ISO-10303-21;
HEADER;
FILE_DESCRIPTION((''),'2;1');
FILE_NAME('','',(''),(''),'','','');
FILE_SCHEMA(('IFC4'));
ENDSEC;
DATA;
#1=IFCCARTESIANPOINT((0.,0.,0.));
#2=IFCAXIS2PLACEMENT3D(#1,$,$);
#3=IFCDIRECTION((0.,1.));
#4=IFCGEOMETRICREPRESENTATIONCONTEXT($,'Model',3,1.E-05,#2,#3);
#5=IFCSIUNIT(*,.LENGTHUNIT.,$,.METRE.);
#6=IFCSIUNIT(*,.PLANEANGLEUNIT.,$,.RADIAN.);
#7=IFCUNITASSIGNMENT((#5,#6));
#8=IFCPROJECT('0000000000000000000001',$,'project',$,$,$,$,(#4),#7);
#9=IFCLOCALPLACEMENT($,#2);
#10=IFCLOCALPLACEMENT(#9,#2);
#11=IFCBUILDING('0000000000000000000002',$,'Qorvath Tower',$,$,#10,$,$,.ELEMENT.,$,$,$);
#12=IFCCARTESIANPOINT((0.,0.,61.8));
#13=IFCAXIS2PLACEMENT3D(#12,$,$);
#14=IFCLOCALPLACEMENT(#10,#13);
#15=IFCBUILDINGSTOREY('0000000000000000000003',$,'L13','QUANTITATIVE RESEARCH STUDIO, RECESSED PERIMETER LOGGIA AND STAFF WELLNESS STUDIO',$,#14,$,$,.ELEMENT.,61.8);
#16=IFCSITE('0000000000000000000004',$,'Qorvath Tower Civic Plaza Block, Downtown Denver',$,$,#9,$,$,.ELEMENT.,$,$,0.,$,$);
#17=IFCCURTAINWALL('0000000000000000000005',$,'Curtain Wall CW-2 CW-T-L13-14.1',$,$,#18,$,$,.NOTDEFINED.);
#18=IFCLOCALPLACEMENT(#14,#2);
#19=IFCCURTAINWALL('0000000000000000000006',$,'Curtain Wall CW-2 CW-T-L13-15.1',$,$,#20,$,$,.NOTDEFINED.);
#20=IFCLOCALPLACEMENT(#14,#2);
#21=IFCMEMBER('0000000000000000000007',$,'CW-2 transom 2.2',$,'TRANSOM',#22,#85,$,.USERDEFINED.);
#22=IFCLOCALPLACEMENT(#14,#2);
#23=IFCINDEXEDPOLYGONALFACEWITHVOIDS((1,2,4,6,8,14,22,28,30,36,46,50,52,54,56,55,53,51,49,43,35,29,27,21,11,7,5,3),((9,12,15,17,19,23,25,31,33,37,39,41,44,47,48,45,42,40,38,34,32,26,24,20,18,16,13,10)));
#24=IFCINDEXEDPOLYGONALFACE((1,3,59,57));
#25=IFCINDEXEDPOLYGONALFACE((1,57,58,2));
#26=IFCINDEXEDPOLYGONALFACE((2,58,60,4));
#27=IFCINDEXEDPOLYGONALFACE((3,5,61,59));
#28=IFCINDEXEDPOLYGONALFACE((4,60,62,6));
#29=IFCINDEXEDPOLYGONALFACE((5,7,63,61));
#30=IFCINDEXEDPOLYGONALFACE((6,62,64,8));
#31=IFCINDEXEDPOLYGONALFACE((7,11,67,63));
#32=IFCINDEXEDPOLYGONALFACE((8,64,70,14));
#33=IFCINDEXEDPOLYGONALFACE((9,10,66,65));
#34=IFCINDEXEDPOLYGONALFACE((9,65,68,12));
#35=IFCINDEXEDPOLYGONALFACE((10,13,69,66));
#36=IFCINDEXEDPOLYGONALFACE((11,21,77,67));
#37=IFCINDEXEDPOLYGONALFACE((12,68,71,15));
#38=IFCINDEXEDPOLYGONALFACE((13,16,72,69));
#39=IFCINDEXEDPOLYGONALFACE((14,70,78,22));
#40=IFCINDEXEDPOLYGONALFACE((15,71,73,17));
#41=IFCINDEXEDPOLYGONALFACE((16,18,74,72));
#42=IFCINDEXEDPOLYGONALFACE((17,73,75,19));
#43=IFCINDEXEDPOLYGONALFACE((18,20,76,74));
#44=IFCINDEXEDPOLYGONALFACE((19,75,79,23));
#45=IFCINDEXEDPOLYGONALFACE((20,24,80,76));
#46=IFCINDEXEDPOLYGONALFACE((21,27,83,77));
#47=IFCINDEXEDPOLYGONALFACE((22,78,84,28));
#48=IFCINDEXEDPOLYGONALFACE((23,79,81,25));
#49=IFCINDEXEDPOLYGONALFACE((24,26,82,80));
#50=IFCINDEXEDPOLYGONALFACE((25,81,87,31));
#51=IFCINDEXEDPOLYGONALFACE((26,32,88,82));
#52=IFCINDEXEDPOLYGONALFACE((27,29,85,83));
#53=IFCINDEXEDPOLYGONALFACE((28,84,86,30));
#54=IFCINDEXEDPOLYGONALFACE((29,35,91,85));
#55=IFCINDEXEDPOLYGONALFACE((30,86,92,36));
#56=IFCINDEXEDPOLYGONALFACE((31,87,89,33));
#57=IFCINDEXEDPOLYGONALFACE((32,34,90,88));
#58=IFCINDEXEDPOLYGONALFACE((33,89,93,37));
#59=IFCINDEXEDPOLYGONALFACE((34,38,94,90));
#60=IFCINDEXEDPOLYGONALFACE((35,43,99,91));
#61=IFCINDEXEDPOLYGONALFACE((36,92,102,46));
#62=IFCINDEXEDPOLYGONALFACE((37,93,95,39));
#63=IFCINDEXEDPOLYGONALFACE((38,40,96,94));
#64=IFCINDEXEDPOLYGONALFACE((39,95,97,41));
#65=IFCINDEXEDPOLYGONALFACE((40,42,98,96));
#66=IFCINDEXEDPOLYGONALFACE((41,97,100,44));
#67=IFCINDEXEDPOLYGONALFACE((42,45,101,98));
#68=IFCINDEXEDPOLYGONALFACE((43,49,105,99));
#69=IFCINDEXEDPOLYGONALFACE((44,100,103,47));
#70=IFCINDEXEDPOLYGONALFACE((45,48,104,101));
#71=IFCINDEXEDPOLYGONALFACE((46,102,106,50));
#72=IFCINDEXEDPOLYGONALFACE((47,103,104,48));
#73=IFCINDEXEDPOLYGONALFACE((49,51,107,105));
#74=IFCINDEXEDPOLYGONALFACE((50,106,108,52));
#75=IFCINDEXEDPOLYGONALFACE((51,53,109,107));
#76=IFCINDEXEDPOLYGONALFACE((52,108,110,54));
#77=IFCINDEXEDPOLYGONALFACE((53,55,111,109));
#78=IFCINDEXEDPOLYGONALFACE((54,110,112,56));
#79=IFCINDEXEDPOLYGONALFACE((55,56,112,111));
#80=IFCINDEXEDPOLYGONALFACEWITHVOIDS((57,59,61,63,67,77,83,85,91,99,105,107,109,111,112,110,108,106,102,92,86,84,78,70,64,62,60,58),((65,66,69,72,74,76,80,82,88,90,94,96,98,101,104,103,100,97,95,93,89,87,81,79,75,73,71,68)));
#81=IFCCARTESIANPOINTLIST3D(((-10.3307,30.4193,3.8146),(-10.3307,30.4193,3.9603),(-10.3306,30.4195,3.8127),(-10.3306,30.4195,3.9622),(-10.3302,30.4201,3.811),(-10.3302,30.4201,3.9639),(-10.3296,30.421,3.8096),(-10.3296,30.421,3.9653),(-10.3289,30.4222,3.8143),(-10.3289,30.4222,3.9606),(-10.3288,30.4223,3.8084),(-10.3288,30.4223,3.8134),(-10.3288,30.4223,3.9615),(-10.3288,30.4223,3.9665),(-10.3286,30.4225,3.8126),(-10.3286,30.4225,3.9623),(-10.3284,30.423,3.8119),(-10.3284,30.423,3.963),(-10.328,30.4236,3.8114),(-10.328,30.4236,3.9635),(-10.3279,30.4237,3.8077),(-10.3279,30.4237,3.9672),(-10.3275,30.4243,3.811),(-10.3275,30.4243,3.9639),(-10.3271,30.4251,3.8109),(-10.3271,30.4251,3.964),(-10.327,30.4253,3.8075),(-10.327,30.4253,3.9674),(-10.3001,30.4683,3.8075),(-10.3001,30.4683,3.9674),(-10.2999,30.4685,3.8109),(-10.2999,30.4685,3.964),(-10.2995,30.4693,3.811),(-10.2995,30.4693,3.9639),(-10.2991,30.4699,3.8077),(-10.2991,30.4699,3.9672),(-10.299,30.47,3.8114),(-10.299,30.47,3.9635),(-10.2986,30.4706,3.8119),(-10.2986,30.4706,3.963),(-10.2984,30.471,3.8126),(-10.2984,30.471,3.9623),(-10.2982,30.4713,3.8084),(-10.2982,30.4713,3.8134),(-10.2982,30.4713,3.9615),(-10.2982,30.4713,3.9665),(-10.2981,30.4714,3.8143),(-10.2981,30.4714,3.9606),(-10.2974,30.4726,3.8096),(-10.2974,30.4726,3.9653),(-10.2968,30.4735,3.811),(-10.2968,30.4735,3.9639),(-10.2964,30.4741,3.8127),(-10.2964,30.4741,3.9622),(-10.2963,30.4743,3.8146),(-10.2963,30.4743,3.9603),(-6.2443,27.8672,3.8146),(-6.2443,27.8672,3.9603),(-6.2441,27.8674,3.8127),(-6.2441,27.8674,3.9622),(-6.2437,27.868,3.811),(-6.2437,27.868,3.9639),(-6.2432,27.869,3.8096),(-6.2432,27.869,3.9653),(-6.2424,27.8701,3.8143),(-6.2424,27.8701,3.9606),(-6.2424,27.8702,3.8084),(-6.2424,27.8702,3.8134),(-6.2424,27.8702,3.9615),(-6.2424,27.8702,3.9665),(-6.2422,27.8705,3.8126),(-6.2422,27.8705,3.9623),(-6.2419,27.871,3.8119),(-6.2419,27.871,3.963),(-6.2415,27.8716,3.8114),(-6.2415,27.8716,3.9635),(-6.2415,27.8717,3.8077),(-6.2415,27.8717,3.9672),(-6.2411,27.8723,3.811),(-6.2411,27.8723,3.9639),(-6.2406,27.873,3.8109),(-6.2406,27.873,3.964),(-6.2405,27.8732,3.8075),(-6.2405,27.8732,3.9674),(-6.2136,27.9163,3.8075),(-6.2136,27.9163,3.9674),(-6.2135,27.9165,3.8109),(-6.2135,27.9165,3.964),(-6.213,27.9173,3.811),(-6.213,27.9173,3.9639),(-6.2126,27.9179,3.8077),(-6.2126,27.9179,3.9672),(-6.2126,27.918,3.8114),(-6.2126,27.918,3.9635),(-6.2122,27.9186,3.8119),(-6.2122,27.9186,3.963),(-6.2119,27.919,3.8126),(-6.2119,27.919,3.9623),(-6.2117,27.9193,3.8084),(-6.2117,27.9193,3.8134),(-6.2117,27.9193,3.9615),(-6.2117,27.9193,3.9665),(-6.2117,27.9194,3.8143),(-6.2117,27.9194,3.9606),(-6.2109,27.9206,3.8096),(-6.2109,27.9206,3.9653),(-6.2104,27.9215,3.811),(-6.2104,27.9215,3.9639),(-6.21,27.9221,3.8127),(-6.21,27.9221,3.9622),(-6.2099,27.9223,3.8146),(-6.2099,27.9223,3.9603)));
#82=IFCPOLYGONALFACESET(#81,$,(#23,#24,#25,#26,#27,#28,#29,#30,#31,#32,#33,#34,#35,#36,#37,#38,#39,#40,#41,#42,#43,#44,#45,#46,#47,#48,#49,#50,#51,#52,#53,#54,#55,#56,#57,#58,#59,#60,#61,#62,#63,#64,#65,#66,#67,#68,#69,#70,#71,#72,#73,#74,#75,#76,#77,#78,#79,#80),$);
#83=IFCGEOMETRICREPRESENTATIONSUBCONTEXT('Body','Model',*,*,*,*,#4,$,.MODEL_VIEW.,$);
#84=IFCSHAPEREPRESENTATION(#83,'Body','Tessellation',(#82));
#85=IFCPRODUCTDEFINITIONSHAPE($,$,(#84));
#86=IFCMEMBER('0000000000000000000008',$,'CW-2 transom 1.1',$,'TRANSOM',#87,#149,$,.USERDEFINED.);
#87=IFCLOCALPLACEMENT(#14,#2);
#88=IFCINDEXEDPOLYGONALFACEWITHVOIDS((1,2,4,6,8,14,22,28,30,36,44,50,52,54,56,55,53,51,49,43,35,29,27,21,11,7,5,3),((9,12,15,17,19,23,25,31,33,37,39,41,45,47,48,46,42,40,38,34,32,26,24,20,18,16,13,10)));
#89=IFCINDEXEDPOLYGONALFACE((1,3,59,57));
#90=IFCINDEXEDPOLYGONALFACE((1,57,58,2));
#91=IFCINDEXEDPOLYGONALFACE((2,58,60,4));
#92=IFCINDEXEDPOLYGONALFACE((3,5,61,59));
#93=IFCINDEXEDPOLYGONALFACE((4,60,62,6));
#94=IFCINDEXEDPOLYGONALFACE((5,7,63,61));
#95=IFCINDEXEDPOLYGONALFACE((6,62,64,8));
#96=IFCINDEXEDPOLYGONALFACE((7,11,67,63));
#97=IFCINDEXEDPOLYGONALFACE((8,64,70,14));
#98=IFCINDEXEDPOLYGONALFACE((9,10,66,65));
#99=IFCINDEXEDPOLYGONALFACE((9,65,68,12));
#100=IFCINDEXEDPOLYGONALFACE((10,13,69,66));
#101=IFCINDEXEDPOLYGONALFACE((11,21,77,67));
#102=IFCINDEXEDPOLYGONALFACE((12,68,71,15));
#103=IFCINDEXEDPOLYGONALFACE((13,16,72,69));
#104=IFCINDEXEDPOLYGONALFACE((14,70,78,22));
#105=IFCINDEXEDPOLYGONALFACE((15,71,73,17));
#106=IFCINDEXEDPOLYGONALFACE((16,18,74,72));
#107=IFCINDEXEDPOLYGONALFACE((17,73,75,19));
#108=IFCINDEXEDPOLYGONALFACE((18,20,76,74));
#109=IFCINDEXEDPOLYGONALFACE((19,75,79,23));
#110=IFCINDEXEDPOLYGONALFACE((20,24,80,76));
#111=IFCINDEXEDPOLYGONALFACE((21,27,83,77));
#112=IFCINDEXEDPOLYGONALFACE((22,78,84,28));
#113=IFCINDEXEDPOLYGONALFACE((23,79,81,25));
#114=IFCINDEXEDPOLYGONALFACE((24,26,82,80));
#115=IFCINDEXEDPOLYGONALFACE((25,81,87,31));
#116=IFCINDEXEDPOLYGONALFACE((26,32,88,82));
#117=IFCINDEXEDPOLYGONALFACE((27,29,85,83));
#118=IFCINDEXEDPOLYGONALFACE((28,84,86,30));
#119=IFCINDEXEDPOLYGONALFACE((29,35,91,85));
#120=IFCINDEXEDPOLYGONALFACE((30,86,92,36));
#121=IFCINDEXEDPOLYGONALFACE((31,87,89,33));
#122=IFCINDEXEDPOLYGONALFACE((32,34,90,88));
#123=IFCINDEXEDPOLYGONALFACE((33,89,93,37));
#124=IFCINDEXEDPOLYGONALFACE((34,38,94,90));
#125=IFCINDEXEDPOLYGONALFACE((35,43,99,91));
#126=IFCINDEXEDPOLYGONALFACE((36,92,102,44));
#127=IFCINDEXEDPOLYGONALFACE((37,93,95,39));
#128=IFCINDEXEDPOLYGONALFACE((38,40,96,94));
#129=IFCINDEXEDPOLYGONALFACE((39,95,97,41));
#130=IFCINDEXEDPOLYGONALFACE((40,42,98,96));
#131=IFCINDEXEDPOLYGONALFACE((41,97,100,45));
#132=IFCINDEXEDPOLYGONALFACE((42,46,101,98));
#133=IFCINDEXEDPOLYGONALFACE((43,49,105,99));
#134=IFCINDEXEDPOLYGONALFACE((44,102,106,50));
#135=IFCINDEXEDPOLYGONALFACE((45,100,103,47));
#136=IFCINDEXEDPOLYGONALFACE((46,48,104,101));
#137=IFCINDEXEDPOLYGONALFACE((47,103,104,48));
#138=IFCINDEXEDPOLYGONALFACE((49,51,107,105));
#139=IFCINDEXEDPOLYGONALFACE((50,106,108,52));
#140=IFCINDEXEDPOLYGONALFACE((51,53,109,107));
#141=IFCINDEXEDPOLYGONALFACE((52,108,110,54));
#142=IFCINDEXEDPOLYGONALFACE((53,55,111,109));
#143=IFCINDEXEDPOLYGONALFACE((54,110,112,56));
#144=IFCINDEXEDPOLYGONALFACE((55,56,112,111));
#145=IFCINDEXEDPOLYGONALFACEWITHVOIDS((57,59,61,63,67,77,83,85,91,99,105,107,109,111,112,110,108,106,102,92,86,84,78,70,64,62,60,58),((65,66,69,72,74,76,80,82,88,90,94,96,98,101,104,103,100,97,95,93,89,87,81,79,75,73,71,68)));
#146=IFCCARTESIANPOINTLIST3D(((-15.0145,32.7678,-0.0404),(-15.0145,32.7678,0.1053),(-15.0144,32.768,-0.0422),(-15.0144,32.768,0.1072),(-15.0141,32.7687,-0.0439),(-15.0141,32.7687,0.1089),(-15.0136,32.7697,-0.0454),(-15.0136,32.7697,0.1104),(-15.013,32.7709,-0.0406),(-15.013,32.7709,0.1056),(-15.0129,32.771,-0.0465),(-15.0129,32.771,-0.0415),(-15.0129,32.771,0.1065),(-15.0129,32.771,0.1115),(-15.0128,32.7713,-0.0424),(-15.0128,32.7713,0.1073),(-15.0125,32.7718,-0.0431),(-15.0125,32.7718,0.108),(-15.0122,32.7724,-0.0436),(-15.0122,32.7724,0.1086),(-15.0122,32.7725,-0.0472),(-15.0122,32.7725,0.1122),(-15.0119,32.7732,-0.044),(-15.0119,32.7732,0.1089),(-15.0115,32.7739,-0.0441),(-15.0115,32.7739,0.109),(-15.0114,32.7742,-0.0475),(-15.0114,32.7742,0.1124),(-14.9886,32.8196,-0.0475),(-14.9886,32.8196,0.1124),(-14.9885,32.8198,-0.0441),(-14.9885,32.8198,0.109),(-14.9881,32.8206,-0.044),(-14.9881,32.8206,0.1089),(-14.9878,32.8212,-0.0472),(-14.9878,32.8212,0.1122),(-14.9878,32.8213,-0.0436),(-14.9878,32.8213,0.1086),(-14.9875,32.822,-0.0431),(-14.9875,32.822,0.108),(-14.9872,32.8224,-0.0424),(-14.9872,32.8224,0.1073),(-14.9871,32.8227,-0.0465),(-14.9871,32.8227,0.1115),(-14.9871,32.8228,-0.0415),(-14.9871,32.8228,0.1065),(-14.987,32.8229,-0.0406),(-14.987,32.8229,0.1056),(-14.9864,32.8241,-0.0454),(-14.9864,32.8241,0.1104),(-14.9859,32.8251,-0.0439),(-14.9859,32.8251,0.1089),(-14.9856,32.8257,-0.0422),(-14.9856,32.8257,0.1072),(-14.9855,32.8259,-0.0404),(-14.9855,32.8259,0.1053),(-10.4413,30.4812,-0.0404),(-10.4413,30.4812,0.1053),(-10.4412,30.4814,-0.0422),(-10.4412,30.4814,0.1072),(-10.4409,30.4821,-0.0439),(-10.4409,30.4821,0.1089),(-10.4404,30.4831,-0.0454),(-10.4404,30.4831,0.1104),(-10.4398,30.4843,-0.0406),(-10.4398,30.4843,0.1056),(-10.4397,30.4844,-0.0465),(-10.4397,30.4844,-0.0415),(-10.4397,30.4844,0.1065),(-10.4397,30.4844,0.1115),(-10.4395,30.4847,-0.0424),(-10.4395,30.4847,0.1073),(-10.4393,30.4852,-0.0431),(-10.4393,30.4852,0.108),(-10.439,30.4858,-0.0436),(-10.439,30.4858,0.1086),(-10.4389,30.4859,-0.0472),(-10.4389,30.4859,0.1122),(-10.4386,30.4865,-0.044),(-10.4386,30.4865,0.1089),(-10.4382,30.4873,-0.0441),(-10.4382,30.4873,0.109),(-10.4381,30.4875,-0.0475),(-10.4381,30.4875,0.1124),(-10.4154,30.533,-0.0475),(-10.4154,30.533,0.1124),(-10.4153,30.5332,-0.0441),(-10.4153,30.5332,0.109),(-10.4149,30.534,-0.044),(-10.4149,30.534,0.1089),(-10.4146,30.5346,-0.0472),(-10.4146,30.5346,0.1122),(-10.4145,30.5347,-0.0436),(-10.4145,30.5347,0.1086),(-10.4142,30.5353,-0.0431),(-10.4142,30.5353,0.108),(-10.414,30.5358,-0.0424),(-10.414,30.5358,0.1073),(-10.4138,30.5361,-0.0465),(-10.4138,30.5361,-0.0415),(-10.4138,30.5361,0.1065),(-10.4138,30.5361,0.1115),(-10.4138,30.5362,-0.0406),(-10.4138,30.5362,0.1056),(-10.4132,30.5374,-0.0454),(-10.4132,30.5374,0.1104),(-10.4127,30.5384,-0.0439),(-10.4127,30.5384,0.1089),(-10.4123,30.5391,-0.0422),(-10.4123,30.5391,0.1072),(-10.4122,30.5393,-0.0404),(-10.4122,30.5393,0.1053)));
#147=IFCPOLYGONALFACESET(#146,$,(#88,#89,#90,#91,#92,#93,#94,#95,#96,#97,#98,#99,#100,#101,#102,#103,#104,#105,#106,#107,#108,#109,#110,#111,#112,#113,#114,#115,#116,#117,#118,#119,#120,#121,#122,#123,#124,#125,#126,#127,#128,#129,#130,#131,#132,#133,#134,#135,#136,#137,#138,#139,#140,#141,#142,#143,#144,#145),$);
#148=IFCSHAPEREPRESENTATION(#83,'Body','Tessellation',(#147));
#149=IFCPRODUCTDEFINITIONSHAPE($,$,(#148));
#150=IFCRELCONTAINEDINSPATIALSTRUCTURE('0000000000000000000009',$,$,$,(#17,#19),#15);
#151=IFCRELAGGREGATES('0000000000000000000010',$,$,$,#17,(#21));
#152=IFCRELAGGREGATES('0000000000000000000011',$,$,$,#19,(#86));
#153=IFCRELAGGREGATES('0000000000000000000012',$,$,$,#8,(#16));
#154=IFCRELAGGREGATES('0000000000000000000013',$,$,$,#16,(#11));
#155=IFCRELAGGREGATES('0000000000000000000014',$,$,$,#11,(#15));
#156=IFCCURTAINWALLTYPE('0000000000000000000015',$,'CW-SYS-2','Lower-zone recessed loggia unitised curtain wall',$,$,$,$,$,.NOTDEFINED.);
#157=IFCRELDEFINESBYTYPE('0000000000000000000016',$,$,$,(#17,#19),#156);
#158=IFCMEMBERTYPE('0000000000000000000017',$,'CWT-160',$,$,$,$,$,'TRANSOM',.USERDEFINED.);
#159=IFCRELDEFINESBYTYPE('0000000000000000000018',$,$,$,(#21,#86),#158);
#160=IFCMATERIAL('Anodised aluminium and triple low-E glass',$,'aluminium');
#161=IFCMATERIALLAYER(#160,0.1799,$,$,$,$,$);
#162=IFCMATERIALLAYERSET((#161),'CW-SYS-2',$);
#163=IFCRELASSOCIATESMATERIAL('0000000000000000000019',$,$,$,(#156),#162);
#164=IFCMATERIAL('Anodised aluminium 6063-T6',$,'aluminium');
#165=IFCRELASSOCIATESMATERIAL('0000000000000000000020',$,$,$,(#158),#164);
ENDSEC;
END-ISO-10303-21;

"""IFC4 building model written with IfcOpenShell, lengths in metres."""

from ifc_helpers import new_model, si_unit, direction, frame, origin, origin_2d, place, context, subcontext, project, spatial, hollow_rectangle, extrude, material, layer, layer_set, material_profile, profile_set, type_object, element, aggregate, save


model = new_model("IFC4")

# Units and contexts
model_context = context("Model", 3, precision=1e-05, world=origin(), true_north=direction((0.0, 1.0)))
body_context = subcontext(model_context, "Body", "Model", "MODEL_VIEW")
ifc_project = project(units=[si_unit("LENGTHUNIT", "METRE"), si_unit("PLANEANGLEUNIT", "RADIAN")], contexts=[model_context])

# Site, building, storey
site_placement = place(None, origin())
site = spatial("IfcSite", under=ifc_project, at=site_placement, Name="Qorvath Tower Civic Plaza Block, Downtown Denver", CompositionType="ELEMENT", RefElevation=0.0)
building_placement = place(site_placement, origin())
building = spatial("IfcBuilding", under=site, at=building_placement, Name="Qorvath Tower", CompositionType="ELEMENT")
storey_placement = place(building_placement, frame((0.0, 0.0, 61.8)))
storey = spatial("IfcBuildingStorey", under=building, at=storey_placement, Name="L13", Description="QUANTITATIVE RESEARCH STUDIO, RECESSED PERIMETER LOGGIA AND STAFF WELLNESS STUDIO", CompositionType="ELEMENT", Elevation=61.8)

# Shared definitions
ifc_material_1 = material(Name="Anodised aluminium and triple low-E glass", Category="aluminium")
ifc_layer_1 = layer(ifc_material_1, 0.1799)
ifc_layer_set_1 = layer_set([ifc_layer_1], Name="CW-SYS-2")
curtain_wall_type = type_object("IfcCurtainWallType", Name="CW-SYS-2", Description="Lower-zone recessed loggia unitised curtain wall", PredefinedType="NOTDEFINED", material=ifc_layer_set_1)

# Curtain walls
curtain_wall_1_placement = place(storey_placement, origin())
curtain_wall_1 = element("IfcCurtainWall", 1, at=curtain_wall_1_placement, inside=storey, type_object=curtain_wall_type, Name="Curtain Wall CW-2 CW-T-L13-14.1", PredefinedType="NOTDEFINED")
curtain_wall_2_placement = place(storey_placement, origin())
curtain_wall_2 = element("IfcCurtainWall", 2, at=curtain_wall_2_placement, inside=storey, type_object=curtain_wall_type, Name="Curtain Wall CW-2 CW-T-L13-15.1", PredefinedType="NOTDEFINED")

# Members
ifc_material_2 = material(Name="Anodised aluminium 6063-T6", Category="aluminium")
ifc_material_profile_1 = material_profile(ifc_material_2, hollow_rectangle(XDim=0.0649, YDim=0.1599, WallThickness=0.0034, InnerFilletRadius=0.0034, OuterFilletRadius=0.0071, at=origin_2d()), Name="CWT 160x65")
ifc_profile_set_1 = profile_set([ifc_material_profile_1], Name="Anodised aluminium 6063-T6")
member_type_1 = type_object("IfcMemberType", Name="CWT-160", ElementType="TRANSOM", PredefinedType="USERDEFINED", material=ifc_profile_set_1)
member_1_placement = place(storey_placement, frame((-6.2271, 27.8948, 3.8875), z_axis=(-0.848186, 0.529698, 0.0), x_axis=(-0.529698, -0.848186, 0.0)))
member_1 = element("IfcMember", 3, at=member_1_placement, type_object=member_type_1, Name="CW-2 transom 2.2", ObjectType="TRANSOM", PredefinedType="USERDEFINED", context=body_context, shape_type="SweptSolid", body=[
    extrude(hollow_rectangle(XDim=0.0649, YDim=0.1599, WallThickness=0.0034, InnerFilletRadius=0.0034, OuterFilletRadius=0.0071, at=origin_2d()), origin(), (0.0, 0.0, 1.0), 4.8179),
])
member_2_placement = place(storey_placement, frame((-10.4268, 30.5103, 0.0325), z_axis=(-0.894427, 0.447214, 0.0), x_axis=(-0.447214, -0.894427, 0.0)))
member_2 = element("IfcMember", 4, at=member_2_placement, type_object=member_type_1, Name="CW-2 transom 1.1", ObjectType="TRANSOM", PredefinedType="USERDEFINED", context=body_context, shape_type="SweptSolid", body=[
    extrude(hollow_rectangle(XDim=0.0649, YDim=0.1599, WallThickness=0.0034, InnerFilletRadius=0.0034, OuterFilletRadius=0.0071, at=origin_2d()), origin(), (0.0, 0.0, 1.0), 5.113),
])

aggregate(curtain_wall_1, [member_1])
aggregate(curtain_wall_2, [member_2])

save(model, "model.ifc")
